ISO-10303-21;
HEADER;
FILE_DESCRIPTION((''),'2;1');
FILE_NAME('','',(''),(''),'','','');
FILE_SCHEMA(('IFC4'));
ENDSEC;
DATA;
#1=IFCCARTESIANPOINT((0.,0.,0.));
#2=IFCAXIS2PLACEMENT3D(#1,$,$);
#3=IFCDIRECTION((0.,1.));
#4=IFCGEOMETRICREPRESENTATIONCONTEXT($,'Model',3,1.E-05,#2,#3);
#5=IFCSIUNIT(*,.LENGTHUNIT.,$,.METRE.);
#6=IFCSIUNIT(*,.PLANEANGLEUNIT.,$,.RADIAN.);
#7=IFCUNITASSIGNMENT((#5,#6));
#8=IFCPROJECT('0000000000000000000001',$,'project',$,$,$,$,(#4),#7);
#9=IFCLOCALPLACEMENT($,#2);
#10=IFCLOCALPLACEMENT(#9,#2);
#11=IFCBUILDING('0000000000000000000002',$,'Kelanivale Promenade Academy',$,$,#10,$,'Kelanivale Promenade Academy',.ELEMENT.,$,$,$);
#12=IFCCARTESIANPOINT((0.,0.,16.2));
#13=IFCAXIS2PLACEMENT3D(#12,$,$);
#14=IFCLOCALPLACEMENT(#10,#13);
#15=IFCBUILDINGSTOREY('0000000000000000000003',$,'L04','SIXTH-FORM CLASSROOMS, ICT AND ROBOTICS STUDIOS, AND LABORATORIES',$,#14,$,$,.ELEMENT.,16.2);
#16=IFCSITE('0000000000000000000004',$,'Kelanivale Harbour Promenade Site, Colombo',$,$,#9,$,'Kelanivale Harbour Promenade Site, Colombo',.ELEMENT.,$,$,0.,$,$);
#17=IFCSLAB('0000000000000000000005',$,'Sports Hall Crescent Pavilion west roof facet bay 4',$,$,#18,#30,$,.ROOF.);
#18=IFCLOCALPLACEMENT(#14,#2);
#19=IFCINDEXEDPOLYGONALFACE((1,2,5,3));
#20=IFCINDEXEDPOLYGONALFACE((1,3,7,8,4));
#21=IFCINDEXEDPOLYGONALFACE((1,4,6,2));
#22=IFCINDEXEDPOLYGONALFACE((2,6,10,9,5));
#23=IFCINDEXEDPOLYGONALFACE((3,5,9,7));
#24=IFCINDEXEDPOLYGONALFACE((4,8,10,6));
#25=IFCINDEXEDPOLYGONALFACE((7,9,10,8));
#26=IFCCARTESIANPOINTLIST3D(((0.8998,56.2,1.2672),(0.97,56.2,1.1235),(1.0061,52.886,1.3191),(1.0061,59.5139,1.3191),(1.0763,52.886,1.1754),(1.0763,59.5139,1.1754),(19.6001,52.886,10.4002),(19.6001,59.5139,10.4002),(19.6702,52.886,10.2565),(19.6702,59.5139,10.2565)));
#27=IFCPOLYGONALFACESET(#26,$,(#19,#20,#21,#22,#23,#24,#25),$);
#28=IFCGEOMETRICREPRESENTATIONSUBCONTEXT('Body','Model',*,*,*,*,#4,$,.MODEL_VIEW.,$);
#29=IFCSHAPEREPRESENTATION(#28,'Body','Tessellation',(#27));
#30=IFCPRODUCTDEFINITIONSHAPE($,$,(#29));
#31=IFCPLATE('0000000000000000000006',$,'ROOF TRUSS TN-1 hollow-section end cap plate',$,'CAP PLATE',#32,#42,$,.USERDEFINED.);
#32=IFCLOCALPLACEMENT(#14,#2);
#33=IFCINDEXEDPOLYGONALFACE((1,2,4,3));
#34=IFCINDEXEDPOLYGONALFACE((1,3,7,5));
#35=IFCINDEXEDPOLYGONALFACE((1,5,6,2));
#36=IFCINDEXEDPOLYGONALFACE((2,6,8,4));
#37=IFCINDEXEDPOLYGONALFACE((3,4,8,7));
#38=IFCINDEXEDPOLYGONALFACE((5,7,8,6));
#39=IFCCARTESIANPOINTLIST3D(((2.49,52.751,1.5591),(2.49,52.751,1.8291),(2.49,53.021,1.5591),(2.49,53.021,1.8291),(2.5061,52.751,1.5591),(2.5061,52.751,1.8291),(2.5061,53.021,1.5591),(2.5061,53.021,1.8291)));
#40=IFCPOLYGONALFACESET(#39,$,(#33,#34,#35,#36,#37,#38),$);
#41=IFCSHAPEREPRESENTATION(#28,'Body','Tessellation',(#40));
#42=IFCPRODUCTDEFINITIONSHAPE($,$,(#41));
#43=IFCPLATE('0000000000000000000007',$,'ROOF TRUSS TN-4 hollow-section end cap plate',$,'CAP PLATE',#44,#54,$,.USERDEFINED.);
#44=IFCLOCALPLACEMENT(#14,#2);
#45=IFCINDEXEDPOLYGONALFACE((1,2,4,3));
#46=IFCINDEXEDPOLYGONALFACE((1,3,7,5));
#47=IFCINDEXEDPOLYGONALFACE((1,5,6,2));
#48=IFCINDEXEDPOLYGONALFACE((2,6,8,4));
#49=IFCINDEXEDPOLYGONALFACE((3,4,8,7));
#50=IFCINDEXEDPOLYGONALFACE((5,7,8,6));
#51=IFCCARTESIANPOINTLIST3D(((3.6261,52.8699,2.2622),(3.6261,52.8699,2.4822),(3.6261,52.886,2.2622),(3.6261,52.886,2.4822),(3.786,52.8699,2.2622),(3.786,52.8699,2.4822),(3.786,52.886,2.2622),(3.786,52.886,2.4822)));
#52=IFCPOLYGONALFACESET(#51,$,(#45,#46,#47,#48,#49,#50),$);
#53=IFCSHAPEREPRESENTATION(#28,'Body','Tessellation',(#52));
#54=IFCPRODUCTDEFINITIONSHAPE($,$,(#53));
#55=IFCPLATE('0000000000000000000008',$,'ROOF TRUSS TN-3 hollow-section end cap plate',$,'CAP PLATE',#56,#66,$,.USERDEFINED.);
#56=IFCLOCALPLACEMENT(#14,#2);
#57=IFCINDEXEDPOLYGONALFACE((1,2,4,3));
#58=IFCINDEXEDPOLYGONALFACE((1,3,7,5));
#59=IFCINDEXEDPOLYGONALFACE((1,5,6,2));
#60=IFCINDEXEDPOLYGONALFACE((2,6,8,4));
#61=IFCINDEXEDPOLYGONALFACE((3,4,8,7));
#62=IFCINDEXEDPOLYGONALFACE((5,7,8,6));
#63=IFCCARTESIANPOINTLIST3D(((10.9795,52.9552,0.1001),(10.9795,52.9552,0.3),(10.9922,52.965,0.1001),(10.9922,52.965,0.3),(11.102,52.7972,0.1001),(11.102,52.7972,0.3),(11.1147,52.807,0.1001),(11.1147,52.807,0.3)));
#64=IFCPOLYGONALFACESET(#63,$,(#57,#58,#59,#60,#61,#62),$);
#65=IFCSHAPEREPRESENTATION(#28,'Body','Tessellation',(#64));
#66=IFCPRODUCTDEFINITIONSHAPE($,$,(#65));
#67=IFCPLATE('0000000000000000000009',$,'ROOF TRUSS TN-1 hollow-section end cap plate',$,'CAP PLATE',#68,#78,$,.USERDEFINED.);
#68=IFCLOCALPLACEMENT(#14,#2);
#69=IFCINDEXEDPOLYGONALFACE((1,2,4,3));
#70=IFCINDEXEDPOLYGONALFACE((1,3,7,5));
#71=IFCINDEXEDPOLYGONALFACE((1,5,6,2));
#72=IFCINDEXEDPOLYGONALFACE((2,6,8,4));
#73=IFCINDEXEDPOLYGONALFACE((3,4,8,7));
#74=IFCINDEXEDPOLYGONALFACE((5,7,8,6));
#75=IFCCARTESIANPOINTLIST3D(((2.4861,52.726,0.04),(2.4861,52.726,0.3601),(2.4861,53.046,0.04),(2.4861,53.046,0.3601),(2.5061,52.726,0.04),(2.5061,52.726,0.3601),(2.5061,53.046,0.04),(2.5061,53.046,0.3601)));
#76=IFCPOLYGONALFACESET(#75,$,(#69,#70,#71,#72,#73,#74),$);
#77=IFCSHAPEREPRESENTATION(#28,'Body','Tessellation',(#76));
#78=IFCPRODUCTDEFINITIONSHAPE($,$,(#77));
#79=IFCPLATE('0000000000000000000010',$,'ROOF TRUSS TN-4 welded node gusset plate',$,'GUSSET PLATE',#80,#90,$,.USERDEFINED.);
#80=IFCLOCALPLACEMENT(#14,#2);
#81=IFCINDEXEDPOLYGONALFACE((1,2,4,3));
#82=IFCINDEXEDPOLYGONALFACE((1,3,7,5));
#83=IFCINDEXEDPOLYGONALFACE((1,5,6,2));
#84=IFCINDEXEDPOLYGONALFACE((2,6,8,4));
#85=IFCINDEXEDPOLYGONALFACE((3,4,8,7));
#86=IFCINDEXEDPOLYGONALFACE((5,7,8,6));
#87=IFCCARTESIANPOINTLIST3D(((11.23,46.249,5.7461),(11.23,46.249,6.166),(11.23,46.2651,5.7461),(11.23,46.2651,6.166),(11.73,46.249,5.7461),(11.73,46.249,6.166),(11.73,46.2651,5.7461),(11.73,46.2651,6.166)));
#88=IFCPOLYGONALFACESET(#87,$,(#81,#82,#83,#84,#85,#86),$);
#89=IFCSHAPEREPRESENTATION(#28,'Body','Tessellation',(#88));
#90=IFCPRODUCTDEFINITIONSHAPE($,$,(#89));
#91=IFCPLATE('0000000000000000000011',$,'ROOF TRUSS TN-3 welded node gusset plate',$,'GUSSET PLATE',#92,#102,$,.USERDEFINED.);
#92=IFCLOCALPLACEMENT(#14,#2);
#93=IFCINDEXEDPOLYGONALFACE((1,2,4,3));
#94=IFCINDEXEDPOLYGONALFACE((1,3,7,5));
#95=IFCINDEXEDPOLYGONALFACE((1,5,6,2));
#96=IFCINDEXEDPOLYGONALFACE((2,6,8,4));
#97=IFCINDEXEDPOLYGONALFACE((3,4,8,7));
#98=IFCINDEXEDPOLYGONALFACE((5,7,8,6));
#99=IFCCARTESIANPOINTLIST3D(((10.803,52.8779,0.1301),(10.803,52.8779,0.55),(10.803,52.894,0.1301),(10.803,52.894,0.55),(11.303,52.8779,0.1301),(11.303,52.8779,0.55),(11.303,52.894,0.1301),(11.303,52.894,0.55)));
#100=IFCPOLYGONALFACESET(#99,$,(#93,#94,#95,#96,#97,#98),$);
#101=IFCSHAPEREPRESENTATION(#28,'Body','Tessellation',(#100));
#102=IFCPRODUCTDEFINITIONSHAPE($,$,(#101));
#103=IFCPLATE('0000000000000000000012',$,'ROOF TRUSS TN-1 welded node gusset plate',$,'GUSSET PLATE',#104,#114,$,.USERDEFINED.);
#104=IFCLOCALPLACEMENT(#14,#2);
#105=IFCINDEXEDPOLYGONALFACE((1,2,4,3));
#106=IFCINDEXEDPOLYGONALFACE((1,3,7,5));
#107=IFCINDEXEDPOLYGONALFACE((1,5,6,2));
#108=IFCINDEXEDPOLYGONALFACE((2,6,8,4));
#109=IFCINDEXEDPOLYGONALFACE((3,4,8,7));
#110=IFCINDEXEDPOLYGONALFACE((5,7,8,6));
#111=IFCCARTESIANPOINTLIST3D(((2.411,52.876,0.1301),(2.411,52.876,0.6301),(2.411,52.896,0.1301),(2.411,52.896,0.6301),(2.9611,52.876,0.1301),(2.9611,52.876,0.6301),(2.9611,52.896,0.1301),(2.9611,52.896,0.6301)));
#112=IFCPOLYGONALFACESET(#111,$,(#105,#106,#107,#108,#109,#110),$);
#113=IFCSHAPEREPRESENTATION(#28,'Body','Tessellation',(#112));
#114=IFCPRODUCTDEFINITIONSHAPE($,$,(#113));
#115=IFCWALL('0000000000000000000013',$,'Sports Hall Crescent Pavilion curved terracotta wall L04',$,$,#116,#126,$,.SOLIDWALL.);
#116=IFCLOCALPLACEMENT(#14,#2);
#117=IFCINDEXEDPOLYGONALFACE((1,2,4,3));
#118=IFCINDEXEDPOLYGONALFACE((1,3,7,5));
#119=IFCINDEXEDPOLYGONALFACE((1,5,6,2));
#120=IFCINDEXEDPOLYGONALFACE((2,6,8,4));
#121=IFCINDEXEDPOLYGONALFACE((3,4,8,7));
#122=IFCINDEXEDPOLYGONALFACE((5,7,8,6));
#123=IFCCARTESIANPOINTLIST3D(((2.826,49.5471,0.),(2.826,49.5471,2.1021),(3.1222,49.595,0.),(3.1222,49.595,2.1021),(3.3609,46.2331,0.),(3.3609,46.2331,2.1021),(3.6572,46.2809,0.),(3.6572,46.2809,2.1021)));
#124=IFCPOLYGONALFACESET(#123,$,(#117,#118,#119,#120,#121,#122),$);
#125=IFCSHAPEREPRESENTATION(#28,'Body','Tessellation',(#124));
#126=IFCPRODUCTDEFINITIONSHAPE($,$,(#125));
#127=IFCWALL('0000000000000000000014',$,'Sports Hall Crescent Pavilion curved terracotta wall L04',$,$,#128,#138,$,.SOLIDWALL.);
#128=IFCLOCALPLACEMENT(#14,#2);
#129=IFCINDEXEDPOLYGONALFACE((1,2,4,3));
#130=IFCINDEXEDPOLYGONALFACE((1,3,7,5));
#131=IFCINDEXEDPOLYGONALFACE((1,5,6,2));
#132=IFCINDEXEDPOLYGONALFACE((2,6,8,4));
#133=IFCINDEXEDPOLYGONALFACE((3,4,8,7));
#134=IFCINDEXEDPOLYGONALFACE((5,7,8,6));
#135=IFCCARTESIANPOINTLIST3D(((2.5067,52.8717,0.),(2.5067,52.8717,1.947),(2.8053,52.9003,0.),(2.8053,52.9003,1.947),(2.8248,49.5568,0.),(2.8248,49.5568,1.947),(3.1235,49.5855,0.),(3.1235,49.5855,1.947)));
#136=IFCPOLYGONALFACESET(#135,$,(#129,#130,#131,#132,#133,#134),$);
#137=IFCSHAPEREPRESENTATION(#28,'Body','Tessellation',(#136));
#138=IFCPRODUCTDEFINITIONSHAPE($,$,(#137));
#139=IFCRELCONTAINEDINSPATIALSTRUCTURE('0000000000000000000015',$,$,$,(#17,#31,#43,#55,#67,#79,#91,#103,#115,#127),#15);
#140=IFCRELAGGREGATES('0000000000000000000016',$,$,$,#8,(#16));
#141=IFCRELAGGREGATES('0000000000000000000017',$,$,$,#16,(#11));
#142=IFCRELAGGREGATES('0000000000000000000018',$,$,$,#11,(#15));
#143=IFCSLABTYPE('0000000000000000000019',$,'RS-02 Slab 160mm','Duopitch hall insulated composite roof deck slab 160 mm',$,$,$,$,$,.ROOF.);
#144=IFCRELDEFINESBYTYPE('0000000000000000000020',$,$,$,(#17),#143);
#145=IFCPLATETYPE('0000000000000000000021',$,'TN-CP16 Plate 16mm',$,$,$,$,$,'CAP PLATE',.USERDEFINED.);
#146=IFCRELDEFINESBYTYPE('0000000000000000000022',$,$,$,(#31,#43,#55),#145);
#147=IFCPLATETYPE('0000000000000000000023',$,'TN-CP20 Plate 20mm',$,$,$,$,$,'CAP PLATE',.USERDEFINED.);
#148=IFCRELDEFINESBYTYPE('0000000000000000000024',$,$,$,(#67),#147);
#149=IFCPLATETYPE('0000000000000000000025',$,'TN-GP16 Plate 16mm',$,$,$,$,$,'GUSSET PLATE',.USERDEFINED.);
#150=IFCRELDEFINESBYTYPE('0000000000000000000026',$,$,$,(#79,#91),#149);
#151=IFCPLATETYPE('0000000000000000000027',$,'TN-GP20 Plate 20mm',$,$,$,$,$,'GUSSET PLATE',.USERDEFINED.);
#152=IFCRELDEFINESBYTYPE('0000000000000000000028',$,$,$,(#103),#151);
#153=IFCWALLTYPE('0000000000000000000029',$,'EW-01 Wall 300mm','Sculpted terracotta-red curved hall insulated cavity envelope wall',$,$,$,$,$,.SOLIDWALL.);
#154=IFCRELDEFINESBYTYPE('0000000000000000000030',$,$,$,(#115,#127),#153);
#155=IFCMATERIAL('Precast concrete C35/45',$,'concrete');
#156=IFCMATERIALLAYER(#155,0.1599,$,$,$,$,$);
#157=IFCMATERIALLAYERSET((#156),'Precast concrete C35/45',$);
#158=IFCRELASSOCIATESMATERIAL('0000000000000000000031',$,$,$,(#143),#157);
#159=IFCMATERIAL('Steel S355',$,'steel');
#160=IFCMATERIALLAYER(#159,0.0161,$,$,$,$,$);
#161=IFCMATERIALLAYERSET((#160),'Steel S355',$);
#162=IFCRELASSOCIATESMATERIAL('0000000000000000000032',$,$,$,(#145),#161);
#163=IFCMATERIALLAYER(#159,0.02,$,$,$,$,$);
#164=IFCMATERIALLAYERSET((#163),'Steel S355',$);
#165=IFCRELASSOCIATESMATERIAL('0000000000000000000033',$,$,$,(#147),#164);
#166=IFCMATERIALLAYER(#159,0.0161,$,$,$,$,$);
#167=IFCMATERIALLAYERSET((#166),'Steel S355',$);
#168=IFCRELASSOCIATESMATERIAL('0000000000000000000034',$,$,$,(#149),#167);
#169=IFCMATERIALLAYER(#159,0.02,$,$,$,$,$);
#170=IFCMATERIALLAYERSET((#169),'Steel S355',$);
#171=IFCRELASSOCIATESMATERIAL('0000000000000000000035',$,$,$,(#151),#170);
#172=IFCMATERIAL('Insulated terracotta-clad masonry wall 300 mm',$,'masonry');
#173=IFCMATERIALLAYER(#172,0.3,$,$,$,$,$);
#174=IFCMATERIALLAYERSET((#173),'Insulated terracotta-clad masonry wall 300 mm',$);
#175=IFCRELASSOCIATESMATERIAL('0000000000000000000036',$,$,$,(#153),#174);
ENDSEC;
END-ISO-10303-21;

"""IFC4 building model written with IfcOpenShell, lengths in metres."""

from ifc_helpers import new_model, si_unit, direction, frame, frame_2d, origin, origin_2d, place, context, subcontext, project, spatial, polyline, rectangle, outline, extrude, material, layer, layer_set, type_object, element, save


model = new_model("IFC4")

# Units and contexts
model_context = context("Model", 3, precision=1e-05, world=origin(), true_north=direction((0.0, 1.0)))
body_context = subcontext(model_context, "Body", "Model", "MODEL_VIEW")
ifc_project = project(units=[si_unit("LENGTHUNIT", "METRE"), si_unit("PLANEANGLEUNIT", "RADIAN")], contexts=[model_context])

# Site, building, storey
site_placement = place(None, origin())
site = spatial("IfcSite", under=ifc_project, at=site_placement, Name="Kelanivale Harbour Promenade Site, Colombo", LongName="Kelanivale Harbour Promenade Site, Colombo", CompositionType="ELEMENT", RefElevation=0.0)
building_placement = place(site_placement, origin())
building = spatial("IfcBuilding", under=site, at=building_placement, Name="Kelanivale Promenade Academy", LongName="Kelanivale Promenade Academy", CompositionType="ELEMENT")
storey_placement = place(building_placement, frame((0.0, 0.0, 16.2)))
storey = spatial("IfcBuildingStorey", under=building, at=storey_placement, Name="L04", Description="SIXTH-FORM CLASSROOMS, ICT AND ROBOTICS STUDIOS, AND LABORATORIES", CompositionType="ELEMENT", Elevation=16.2)

# Shared definitions
ifc_material_1 = material(Name="Steel S355", Category="steel")

# Slab
ifc_material_2 = material(Name="Precast concrete C35/45", Category="concrete")
ifc_layer_1 = layer(ifc_material_2, 0.1599)
ifc_layer_set_1 = layer_set([ifc_layer_1], Name="Precast concrete C35/45")
slab_type = type_object("IfcSlabType", Name="RS-02 Slab 160mm", Description="Duopitch hall insulated composite roof deck slab 160 mm", PredefinedType="ROOF", material=ifc_layer_set_1)
slab_placement = place(storey_placement, frame((1.0061, 52.886, 1.3191), z_axis=(-0.438848, 0.0, 0.898561), x_axis=(0.898561, 0.0, 0.438848)))
element("IfcSlab", 1, at=slab_placement, inside=storey, type_object=slab_type, Name="Sports Hall Crescent Pavilion west roof facet bay 4", PredefinedType="ROOF", context=body_context, shape_type="SweptSolid", body=[
    extrude(outline(polyline([(0.0, 0.0), (20.693, 0.0), (20.693, 6.6279), (0.0, 6.6279), (-0.1182, 3.314), (0.0, 0.0)])), origin(), (0.0, 0.0, -1.0), 0.1599),
])

# Plates
ifc_layer_2 = layer(ifc_material_1, 0.0161)
ifc_layer_set_2 = layer_set([ifc_layer_2], Name="Steel S355")
plate_type_1 = type_object("IfcPlateType", Name="TN-CP16 Plate 16mm", ElementType="CAP PLATE", PredefinedType="USERDEFINED", material=ifc_layer_set_2)
plate_1_placement = place(storey_placement, frame((2.498, 52.886, 1.5591), z_axis=(0.0, 0.0, 1.0), x_axis=(-1.0, 0.0, 0.0)))
element("IfcPlate", 2, at=plate_1_placement, inside=storey, type_object=plate_type_1, Name="ROOF TRUSS TN-1 hollow-section end cap plate", ObjectType="CAP PLATE", PredefinedType="USERDEFINED", context=body_context, shape_type="SweptSolid", body=[
    extrude(rectangle(XDim=0.0161, YDim=0.27, at=origin_2d()), origin(), (0.0, 0.0, 1.0), 0.27),
])
plate_2_placement = place(storey_placement, frame((3.7061, 52.8779, 2.2622), z_axis=(0.0, 0.0, 1.0), x_axis=(0.0, -1.0, 0.0)))
element("IfcPlate", 3, at=plate_2_placement, inside=storey, type_object=plate_type_1, Name="ROOF TRUSS TN-4 hollow-section end cap plate", ObjectType="CAP PLATE", PredefinedType="USERDEFINED", context=body_context, shape_type="SweptSolid", body=[
    extrude(rectangle(XDim=0.0161, YDim=0.1599, at=origin_2d()), origin(), (0.0, 0.0, 1.0), 0.22),
])
plate_3_placement = place(storey_placement, frame((11.0471, 52.8811, 0.1001), z_axis=(0.0, 0.0, 1.0), x_axis=(-0.790262, -0.612769, 0.0)))
element("IfcPlate", 4, at=plate_3_placement, inside=storey, type_object=plate_type_1, Name="ROOF TRUSS TN-3 hollow-section end cap plate", ObjectType="CAP PLATE", PredefinedType="USERDEFINED", context=body_context, shape_type="SweptSolid", body=[
    extrude(rectangle(XDim=0.0161, YDim=0.2, at=origin_2d()), origin(), (0.0, 0.0, 1.0), 0.2),
])
ifc_layer_3 = layer(ifc_material_1, 0.02)
ifc_layer_set_3 = layer_set([ifc_layer_3], Name="Steel S355")
plate_type_2 = type_object("IfcPlateType", Name="TN-CP20 Plate 20mm", ElementType="CAP PLATE", PredefinedType="USERDEFINED", material=ifc_layer_set_3)
plate_4_placement = place(storey_placement, frame((2.4961, 52.886, 0.04), z_axis=(0.0, 0.0, 1.0), x_axis=(-1.0, 0.0, 0.0)))
element("IfcPlate", 5, at=plate_4_placement, inside=storey, type_object=plate_type_2, Name="ROOF TRUSS TN-1 hollow-section end cap plate", ObjectType="CAP PLATE", PredefinedType="USERDEFINED", context=body_context, shape_type="SweptSolid", body=[
    extrude(rectangle(XDim=0.02, YDim=0.3201, at=origin_2d()), origin(), (0.0, 0.0, 1.0), 0.3201),
])
ifc_layer_4 = layer(ifc_material_1, 0.0161)
ifc_layer_set_4 = layer_set([ifc_layer_4], Name="Steel S355")
plate_type_3 = type_object("IfcPlateType", Name="TN-GP16 Plate 16mm", ElementType="GUSSET PLATE", PredefinedType="USERDEFINED", material=ifc_layer_set_4)
for number, where, z_axis, x_axis, name in (
    (6, (11.48, 46.2571, 5.7461), (0.0, 0.0, 1.0), (1.0, 0.0, 0.0), "ROOF TRUSS TN-4 welded node gusset plate"),
    (7, (11.053, 52.886, 0.1301), (0.0, 0.0, 1.0), (1.0, 0.0, 0.0), "ROOF TRUSS TN-3 welded node gusset plate"),
):
    element("IfcPlate", number, at=place(storey_placement, frame(where, z_axis=z_axis, x_axis=x_axis)), inside=storey, type_object=plate_type_3, Name=name, ObjectType="GUSSET PLATE", PredefinedType="USERDEFINED", context=body_context, shape_type="SweptSolid", body=[
        extrude(rectangle(XDim=0.5, YDim=0.0161, at=origin_2d()), origin(), (0.0, 0.0, 1.0), 0.4199),
    ])
ifc_layer_5 = layer(ifc_material_1, 0.02)
ifc_layer_set_5 = layer_set([ifc_layer_5], Name="Steel S355")
plate_type_4 = type_object("IfcPlateType", Name="TN-GP20 Plate 20mm", ElementType="GUSSET PLATE", PredefinedType="USERDEFINED", material=ifc_layer_set_5)
plate_5_placement = place(storey_placement, frame((2.686, 52.886, 0.1301), z_axis=(0.0, 0.0, 1.0), x_axis=(1.0, 0.0, 0.0)))
element("IfcPlate", 8, at=plate_5_placement, inside=storey, type_object=plate_type_4, Name="ROOF TRUSS TN-1 welded node gusset plate", ObjectType="GUSSET PLATE", PredefinedType="USERDEFINED", context=body_context, shape_type="SweptSolid", body=[
    extrude(rectangle(XDim=0.55, YDim=0.02, at=origin_2d()), origin(), (0.0, 0.0, 1.0), 0.5),
])

# Walls
ifc_material_3 = material(Name="Insulated terracotta-clad masonry wall 300 mm", Category="masonry")
ifc_layer_6 = layer(ifc_material_3, 0.3)
ifc_layer_set_6 = layer_set([ifc_layer_6], Name="Insulated terracotta-clad masonry wall 300 mm")
wall_type = type_object("IfcWallType", Name="EW-01 Wall 300mm", Description="Sculpted terracotta-red curved hall insulated cavity envelope wall", PredefinedType="SOLIDWALL", material=ifc_layer_set_6)
wall_1_placement = place(storey_placement, frame((2.9741, 49.571, 0.0), z_axis=(0.0, 0.0, 1.0), x_axis=(0.159349, -0.987222, 0.0)))
element("IfcWall", 9, at=wall_1_placement, inside=storey, type_object=wall_type, Name="Sports Hall Crescent Pavilion curved terracotta wall L04", PredefinedType="SOLIDWALL", context=body_context, shape_type="SweptSolid", body=[
    extrude(rectangle(XDim=3.3569, YDim=0.3, at=frame_2d((1.6785, 0.0))), origin(), (0.0, 0.0, 1.0), 2.1021),
])
wall_2_placement = place(storey_placement, frame((2.656, 52.886, 0.0), z_axis=(0.0, 0.0, 1.0), x_axis=(0.095525, -0.995427, 0.0)))
element("IfcWall", 10, at=wall_2_placement, inside=storey, type_object=wall_type, Name="Sports Hall Crescent Pavilion curved terracotta wall L04", PredefinedType="SOLIDWALL", context=body_context, shape_type="SweptSolid", body=[
    extrude(rectangle(XDim=3.3301, YDim=0.3, at=frame_2d((1.665, 0.0))), origin(), (0.0, 0.0, 1.0), 1.947),
])

save(model, "model.ifc")
